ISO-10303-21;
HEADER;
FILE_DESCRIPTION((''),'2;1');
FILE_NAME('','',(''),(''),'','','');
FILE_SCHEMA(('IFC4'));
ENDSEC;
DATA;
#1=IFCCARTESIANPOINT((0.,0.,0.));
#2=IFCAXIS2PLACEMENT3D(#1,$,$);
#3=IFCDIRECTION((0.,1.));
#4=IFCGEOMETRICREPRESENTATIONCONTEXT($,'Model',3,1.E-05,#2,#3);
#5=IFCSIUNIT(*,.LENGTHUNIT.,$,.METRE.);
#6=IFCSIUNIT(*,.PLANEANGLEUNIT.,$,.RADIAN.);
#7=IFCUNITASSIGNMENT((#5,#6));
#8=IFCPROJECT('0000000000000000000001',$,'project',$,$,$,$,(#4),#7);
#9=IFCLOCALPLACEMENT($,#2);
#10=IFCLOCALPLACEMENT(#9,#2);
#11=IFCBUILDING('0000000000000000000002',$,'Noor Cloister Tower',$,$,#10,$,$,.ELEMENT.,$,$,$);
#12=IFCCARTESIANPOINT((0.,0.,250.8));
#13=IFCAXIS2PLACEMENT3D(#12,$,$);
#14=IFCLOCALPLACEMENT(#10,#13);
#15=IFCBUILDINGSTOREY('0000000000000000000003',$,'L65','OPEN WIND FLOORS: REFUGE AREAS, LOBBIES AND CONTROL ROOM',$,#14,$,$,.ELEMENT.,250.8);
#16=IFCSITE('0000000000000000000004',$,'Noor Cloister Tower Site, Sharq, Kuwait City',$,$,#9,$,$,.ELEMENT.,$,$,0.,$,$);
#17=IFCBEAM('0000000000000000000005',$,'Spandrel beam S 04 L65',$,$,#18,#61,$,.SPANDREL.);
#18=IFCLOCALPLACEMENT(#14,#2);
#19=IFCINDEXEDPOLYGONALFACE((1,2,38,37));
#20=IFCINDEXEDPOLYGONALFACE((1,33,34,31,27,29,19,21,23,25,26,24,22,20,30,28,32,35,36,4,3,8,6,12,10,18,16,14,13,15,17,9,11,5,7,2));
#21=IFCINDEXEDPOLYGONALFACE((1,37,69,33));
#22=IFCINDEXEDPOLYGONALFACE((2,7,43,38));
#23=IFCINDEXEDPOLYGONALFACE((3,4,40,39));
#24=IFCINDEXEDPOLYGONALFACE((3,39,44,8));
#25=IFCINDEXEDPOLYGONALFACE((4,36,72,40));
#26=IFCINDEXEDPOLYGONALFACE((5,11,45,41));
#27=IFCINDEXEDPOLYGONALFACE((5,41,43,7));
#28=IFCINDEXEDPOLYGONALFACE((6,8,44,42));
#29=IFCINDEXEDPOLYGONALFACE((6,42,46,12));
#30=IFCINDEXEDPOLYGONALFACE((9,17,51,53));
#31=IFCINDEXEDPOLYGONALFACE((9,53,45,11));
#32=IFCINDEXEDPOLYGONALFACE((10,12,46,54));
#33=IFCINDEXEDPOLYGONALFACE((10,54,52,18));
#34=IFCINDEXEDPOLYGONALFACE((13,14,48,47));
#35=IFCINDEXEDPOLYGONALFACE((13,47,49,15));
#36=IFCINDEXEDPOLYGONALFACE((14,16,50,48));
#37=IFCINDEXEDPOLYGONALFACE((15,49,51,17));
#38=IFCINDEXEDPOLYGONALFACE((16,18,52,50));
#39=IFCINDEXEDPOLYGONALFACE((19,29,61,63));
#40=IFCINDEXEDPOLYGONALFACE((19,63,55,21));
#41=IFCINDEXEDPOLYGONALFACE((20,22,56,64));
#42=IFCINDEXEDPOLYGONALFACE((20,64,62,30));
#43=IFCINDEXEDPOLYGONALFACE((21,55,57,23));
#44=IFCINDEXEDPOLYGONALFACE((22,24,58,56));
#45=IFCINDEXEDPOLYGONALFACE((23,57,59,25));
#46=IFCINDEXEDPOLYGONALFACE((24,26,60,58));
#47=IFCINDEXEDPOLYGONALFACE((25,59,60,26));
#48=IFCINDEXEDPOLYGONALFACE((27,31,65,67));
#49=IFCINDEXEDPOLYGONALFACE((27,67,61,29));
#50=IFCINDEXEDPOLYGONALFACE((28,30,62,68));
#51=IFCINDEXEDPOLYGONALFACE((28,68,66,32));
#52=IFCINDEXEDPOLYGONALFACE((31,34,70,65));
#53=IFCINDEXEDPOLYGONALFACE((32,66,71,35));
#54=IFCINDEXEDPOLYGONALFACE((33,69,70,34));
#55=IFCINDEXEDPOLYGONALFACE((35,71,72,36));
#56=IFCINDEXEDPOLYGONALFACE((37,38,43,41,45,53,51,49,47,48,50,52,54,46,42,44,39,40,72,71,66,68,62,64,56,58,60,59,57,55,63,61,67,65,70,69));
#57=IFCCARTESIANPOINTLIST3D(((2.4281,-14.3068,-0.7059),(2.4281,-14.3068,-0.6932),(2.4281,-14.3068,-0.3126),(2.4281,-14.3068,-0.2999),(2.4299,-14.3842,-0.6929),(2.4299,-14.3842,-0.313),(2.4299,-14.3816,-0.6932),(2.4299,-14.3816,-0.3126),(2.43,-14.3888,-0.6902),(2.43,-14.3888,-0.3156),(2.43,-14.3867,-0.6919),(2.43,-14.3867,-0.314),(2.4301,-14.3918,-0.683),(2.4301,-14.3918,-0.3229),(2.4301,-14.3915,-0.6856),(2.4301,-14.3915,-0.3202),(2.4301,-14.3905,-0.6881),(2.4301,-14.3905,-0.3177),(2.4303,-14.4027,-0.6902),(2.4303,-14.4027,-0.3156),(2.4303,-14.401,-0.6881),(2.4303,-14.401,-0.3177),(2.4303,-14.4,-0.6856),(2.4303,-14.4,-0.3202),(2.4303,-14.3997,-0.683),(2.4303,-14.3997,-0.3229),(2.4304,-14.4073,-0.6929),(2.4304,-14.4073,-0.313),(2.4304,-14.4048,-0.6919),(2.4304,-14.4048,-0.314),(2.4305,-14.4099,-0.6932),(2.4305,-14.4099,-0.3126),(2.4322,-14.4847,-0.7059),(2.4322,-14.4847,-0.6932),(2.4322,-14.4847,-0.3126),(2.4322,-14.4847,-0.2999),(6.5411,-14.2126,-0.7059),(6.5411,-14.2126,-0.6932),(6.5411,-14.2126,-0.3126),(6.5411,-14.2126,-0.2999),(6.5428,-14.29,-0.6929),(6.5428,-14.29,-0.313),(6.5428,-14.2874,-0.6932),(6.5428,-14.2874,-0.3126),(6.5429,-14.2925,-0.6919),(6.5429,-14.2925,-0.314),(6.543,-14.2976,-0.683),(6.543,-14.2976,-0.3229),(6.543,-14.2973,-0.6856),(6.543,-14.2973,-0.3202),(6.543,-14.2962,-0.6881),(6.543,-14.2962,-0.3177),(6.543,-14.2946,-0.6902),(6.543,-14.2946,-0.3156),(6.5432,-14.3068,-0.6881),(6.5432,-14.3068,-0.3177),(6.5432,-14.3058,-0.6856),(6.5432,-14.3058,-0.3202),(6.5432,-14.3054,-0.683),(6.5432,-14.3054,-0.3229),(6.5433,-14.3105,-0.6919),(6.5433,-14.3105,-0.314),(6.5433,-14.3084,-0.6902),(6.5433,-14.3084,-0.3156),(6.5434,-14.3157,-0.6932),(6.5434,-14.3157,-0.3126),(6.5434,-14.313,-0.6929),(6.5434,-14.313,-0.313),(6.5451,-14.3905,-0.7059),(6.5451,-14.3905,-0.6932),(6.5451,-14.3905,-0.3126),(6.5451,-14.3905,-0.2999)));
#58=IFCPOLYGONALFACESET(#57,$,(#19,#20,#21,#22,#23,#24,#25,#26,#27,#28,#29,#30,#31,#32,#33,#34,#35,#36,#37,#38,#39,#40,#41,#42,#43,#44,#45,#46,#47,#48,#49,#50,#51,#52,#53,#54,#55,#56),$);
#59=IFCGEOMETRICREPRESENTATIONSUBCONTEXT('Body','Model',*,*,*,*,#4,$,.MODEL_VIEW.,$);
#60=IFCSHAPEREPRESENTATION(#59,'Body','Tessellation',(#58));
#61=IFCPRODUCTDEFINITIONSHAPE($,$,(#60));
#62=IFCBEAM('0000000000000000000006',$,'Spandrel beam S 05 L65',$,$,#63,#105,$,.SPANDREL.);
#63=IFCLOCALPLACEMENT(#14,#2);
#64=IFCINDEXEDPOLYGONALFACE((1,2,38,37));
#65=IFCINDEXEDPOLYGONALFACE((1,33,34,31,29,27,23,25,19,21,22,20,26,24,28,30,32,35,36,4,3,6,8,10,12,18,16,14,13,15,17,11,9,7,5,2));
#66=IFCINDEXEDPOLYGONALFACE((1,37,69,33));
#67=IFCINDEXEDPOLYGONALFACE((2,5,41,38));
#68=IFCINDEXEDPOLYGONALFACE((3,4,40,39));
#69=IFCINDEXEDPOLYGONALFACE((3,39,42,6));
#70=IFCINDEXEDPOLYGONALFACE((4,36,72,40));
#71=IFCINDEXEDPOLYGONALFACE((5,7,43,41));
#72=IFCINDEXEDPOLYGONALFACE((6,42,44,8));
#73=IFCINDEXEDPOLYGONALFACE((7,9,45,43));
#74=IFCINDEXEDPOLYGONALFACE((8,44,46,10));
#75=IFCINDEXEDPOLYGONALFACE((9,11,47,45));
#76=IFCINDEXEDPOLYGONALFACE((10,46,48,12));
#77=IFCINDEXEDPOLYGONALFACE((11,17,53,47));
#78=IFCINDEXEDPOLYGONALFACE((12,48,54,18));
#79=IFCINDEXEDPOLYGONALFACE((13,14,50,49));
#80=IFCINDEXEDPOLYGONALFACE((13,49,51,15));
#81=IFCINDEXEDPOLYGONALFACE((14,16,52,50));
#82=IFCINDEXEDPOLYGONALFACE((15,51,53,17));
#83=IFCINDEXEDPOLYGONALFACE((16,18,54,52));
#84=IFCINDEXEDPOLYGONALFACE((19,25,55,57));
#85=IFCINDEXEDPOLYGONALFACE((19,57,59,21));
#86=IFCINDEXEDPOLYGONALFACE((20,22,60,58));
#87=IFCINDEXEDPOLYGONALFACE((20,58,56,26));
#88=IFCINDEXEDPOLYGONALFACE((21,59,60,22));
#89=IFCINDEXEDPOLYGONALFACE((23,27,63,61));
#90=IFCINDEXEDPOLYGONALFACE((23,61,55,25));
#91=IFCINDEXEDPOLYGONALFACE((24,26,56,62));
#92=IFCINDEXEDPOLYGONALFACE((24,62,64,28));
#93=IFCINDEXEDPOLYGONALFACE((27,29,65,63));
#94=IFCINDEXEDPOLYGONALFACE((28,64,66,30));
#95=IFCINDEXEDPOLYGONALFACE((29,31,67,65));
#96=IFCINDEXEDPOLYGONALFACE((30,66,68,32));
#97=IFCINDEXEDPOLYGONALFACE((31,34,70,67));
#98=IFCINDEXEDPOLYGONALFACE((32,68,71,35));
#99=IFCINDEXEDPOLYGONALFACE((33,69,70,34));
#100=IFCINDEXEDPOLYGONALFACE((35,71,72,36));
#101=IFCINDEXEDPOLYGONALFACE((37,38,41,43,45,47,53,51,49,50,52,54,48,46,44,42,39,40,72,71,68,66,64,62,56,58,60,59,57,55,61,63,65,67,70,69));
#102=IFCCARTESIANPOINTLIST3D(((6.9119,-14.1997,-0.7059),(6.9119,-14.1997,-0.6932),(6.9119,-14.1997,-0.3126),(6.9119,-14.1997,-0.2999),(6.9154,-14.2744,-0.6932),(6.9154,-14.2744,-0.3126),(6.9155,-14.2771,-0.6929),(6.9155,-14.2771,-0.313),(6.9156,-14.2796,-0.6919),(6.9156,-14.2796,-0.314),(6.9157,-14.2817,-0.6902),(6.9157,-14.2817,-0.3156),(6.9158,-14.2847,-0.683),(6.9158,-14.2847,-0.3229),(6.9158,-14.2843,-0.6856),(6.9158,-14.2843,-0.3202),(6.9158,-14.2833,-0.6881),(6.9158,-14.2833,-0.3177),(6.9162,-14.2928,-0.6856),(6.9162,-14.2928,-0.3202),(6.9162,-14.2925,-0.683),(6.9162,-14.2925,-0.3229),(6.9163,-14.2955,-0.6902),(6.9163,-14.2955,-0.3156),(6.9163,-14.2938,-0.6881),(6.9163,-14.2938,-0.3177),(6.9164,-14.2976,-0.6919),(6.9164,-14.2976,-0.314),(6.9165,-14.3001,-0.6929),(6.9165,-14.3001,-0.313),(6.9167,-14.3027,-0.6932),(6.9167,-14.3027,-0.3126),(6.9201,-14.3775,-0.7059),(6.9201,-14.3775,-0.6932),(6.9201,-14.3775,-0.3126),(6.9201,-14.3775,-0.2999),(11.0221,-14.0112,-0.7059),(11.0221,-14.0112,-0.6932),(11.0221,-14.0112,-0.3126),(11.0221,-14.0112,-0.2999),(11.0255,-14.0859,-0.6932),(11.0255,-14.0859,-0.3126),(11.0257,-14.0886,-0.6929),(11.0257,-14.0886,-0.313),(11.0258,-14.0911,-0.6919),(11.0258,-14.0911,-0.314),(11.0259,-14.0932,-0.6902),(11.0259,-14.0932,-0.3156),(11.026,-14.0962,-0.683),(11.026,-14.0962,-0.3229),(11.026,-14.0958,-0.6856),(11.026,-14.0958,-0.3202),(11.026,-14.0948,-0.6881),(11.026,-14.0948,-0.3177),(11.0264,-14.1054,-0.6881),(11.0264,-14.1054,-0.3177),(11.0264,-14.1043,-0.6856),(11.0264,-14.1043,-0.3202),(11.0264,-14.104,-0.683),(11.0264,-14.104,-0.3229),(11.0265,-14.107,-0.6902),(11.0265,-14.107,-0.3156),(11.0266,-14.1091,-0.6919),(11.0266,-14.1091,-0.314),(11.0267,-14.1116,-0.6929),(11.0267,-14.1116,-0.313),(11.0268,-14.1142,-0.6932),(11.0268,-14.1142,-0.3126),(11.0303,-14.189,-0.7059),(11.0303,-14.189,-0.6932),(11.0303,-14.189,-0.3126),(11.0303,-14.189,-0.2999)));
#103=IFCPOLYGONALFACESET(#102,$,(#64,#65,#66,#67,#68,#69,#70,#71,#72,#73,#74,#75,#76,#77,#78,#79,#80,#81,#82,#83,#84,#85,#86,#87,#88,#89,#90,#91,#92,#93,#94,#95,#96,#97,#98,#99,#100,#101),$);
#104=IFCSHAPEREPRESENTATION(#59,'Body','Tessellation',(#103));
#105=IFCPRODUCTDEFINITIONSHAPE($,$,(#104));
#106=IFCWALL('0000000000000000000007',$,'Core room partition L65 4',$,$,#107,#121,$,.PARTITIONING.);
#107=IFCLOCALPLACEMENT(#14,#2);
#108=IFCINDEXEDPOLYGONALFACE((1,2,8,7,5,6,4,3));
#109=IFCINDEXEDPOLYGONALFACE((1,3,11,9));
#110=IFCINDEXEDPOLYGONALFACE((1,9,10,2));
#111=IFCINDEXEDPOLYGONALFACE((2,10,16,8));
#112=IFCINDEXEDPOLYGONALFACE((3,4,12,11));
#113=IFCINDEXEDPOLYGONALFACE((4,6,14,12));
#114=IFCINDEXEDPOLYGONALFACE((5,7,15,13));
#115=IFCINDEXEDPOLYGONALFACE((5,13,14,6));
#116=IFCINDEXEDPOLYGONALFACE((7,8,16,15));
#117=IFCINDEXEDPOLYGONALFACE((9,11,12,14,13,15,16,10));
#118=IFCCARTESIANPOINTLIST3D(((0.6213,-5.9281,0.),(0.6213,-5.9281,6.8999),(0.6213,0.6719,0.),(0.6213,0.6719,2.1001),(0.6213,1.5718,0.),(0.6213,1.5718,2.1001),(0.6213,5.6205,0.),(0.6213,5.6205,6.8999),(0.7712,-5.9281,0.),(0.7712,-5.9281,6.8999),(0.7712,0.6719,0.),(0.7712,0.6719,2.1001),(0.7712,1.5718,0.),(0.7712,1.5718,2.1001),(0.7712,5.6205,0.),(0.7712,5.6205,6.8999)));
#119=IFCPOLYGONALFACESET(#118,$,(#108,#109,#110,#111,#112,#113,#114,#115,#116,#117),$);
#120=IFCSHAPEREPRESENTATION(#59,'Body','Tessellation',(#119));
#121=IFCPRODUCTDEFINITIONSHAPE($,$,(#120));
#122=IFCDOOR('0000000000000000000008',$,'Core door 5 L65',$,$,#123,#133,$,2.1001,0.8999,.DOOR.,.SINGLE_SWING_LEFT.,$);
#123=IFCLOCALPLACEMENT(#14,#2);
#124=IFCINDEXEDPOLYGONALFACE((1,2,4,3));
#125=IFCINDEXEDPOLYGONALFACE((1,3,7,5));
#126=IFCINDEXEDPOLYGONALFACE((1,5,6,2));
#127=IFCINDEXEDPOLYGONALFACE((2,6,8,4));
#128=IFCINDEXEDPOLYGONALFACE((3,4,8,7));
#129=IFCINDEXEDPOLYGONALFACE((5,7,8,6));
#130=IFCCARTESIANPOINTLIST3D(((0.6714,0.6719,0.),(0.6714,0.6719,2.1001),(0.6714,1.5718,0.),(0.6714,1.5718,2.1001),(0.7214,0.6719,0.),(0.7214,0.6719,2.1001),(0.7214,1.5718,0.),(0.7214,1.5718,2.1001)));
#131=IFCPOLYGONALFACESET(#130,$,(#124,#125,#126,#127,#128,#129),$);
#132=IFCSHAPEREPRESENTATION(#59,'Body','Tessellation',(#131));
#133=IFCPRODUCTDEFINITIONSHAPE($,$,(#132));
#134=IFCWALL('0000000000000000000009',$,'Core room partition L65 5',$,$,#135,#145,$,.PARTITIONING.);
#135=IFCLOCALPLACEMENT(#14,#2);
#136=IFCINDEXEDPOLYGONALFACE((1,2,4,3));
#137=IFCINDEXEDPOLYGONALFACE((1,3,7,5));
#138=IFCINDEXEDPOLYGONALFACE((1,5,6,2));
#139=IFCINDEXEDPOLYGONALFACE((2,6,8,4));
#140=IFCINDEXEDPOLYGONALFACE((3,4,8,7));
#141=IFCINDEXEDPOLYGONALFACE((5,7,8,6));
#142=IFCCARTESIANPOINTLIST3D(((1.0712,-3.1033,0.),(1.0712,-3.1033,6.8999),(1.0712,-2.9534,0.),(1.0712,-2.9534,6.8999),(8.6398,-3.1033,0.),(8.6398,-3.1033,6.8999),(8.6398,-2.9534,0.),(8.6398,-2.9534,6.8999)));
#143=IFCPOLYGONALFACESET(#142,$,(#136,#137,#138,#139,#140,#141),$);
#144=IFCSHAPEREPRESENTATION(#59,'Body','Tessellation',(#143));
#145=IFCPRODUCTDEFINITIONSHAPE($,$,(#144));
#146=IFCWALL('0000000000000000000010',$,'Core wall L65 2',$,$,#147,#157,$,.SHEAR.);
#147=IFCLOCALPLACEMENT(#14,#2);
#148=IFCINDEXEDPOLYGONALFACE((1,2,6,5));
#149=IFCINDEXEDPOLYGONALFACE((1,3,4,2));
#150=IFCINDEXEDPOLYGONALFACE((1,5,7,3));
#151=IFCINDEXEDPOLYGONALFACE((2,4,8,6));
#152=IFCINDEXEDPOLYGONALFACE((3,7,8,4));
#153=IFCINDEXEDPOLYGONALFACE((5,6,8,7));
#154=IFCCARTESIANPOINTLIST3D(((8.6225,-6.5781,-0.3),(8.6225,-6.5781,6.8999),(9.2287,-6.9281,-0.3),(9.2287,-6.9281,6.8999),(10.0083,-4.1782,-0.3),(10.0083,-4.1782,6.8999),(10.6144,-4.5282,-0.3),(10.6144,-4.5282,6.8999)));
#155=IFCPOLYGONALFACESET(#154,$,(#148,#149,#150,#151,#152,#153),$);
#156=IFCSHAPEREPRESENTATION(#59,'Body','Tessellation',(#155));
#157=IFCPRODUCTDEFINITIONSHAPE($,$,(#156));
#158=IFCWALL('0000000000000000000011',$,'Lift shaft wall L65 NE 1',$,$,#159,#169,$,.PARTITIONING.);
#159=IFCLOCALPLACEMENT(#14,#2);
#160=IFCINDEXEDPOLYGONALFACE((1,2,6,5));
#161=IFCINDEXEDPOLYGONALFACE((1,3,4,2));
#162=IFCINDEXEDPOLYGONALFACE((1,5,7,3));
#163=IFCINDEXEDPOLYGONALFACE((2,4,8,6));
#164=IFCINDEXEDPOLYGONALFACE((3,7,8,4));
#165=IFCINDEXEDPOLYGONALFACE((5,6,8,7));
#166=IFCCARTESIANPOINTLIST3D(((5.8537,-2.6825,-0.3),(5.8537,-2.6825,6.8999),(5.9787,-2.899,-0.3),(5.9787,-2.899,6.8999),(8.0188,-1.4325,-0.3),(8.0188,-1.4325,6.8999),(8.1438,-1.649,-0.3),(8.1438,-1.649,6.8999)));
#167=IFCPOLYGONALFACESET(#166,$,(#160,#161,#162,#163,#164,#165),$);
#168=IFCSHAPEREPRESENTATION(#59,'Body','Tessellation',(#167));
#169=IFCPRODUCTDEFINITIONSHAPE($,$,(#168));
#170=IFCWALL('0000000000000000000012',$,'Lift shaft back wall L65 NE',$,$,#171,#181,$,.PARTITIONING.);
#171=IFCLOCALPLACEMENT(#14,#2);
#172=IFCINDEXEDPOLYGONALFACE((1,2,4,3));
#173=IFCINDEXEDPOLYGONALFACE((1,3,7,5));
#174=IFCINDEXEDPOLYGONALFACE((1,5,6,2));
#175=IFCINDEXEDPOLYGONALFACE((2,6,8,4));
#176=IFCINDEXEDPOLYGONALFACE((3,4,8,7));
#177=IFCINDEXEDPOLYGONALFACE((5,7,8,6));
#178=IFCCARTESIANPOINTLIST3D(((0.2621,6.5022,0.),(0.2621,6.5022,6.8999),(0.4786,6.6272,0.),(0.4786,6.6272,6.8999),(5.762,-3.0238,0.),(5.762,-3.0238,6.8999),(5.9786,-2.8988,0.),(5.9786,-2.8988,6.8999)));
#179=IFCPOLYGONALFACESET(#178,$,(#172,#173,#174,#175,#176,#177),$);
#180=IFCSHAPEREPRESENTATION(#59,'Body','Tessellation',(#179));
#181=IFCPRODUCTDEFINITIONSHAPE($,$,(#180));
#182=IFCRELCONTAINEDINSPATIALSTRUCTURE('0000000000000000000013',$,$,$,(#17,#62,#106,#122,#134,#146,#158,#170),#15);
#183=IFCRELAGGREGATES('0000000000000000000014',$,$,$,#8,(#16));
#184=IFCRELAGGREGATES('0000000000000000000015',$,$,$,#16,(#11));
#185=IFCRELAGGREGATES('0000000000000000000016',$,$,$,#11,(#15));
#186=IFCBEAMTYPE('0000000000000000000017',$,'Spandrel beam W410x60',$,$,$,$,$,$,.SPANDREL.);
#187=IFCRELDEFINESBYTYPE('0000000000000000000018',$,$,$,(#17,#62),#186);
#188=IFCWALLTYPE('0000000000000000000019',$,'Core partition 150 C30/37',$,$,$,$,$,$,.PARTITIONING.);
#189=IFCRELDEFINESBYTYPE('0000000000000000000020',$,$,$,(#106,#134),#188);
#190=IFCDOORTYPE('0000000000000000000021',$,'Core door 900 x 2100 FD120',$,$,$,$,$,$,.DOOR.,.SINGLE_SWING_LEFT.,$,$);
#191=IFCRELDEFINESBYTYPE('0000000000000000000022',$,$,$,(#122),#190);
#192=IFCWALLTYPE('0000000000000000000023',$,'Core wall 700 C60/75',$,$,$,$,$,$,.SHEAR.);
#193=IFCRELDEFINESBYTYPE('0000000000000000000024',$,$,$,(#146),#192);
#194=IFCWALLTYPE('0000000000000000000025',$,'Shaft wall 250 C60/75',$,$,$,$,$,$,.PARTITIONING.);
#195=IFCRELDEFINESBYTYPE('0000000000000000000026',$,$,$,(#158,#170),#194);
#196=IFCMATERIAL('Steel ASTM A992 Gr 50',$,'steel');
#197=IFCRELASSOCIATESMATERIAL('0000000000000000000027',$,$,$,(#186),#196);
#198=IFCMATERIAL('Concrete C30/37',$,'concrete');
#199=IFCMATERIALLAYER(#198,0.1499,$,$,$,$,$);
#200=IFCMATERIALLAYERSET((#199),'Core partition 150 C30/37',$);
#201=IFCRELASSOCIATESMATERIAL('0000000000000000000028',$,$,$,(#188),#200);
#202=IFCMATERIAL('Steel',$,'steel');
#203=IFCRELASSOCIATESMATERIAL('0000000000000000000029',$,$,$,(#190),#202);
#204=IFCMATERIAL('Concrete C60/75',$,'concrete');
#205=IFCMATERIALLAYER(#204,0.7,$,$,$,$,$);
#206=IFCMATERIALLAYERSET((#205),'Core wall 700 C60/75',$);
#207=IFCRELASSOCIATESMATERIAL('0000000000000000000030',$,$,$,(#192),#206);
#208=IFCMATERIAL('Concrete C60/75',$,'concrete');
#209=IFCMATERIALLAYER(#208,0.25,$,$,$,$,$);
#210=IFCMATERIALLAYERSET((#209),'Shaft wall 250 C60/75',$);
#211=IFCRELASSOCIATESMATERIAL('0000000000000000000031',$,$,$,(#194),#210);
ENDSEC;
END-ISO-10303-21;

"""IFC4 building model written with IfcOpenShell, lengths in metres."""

from ifc_helpers import new_model, si_unit, direction, frame, frame_2d, origin, origin_2d, place, context, subcontext, project, spatial, rectangle, i_section, extrude, material, layer, layer_set, material_profile, profile_set, type_object, element, fill, save


model = new_model("IFC4")

# Units and contexts
model_context = context("Model", 3, precision=1e-05, world=origin(), true_north=direction((0.0, 1.0)))
body_context = subcontext(model_context, "Body", "Model", "MODEL_VIEW")
ifc_project = project(units=[si_unit("LENGTHUNIT", "METRE"), si_unit("PLANEANGLEUNIT", "RADIAN")], contexts=[model_context])

# Site, building, storey
site_placement = place(None, origin())
site = spatial("IfcSite", under=ifc_project, at=site_placement, Name="Noor Cloister Tower Site, Sharq, Kuwait City", CompositionType="ELEMENT", RefElevation=0.0)
building_placement = place(site_placement, origin())
building = spatial("IfcBuilding", under=site, at=building_placement, Name="Noor Cloister Tower", CompositionType="ELEMENT")
storey_placement = place(building_placement, frame((0.0, 0.0, 250.8)))
storey = spatial("IfcBuildingStorey", under=building, at=storey_placement, Name="L65", Description="OPEN WIND FLOORS: REFUGE AREAS, LOBBIES AND CONTROL ROOM", CompositionType="ELEMENT", Elevation=250.8)

# Beams
ifc_material_1 = material(Name="Steel ASTM A992 Gr 50", Category="steel")
ifc_material_profile_1 = material_profile(ifc_material_1, i_section(OverallWidth=0.178, OverallDepth=0.406, WebThickness=0.0078, FlangeThickness=0.0127, FilletRadius=0.0103, at=origin_2d()), Name="W410x60")
ifc_profile_set_1 = profile_set([ifc_material_profile_1], Name="Steel ASTM A992 Gr 50")
beam_type_1 = type_object("IfcBeamType", Name="Spandrel beam W410x60", PredefinedType="SPANDREL", material=ifc_profile_set_1)
beam_1_placement = place(storey_placement, frame((2.4302, -14.3958, -0.5029), z_axis=(0.999738, 0.022906, 0.0), x_axis=(-0.022906, 0.999738, 0.0)))
element("IfcBeam", 1, at=beam_1_placement, inside=storey, type_object=beam_type_1, Name="Spandrel beam S 04 L65", PredefinedType="SPANDREL", context=body_context, shape_type="SweptSolid", body=[
    extrude(i_section(OverallWidth=0.178, OverallDepth=0.406, WebThickness=0.0078, FlangeThickness=0.0127, FilletRadius=0.0103, at=origin_2d()), origin(), (0.0, 0.0, 1.0), 4.114),
])
beam_2_placement = place(storey_placement, frame((6.916, -14.2886, -0.5029), z_axis=(0.99895, 0.045809, 0.0), x_axis=(-0.045809, 0.99895, 0.0)))
element("IfcBeam", 2, at=beam_2_placement, inside=storey, type_object=beam_type_1, Name="Spandrel beam S 05 L65", PredefinedType="SPANDREL", context=body_context, shape_type="SweptSolid", body=[
    extrude(i_section(OverallWidth=0.178, OverallDepth=0.406, WebThickness=0.0078, FlangeThickness=0.0127, FilletRadius=0.0103, at=origin_2d()), origin(), (0.0, 0.0, 1.0), 4.1145),
])

# Wall, opening, door
ifc_material_2 = material(Name="Concrete C30/37", Category="concrete")
ifc_layer_1 = layer(ifc_material_2, 0.1499)
ifc_layer_set_1 = layer_set([ifc_layer_1], Name="Core partition 150 C30/37")
wall_type_1 = type_object("IfcWallType", Name="Core partition 150 C30/37", PredefinedType="PARTITIONING", material=ifc_layer_set_1)
wall_1_placement = place(storey_placement, frame((0.6963, -5.9282, 0.0), z_axis=(0.0, 0.0, 1.0), x_axis=(0.0, 1.0, 0.0)))
wall_1 = element("IfcWall", 3, at=wall_1_placement, inside=storey, type_object=wall_type_1, Name="Core room partition L65 4", PredefinedType="PARTITIONING", context=body_context, shape_type="SweptSolid", body=[
    extrude(rectangle(XDim=11.5486, YDim=0.1499, at=frame_2d((5.7744, 0.0))), origin(), (0.0, 0.0, 1.0), 6.8999),
])
opening_1_placement = place(wall_1_placement, frame((6.6001, 0.0, 0.0)))
opening_1 = element("IfcOpeningElement", 4, at=opening_1_placement, cuts=wall_1, PredefinedType="OPENING", context=body_context, shape_type="SweptSolid", body=[
    extrude(rectangle(XDim=0.8999, YDim=2.1001, at=frame_2d((0.45, 1.05))), frame((0.0, 0.085, 0.0), z_axis=(0.0, -1.0, 0.0), x_axis=(1.0, 0.0, 0.0)), (0.0, 0.0, 1.0), 0.1699),
])
ifc_material_3 = material(Name="Steel", Category="steel")
door_type_1 = type_object("IfcDoorType", Name="Core door 900 x 2100 FD120", OperationType="SINGLE_SWING_LEFT", PredefinedType="DOOR", material=ifc_material_3)
door_1_placement = place(opening_1_placement, origin())
door_1 = element("IfcDoor", 5, at=door_1_placement, inside=storey, type_object=door_type_1, Name="Core door 5 L65", OperationType="SINGLE_SWING_LEFT", OverallHeight=2.1001, OverallWidth=0.8999, PredefinedType="DOOR", context=body_context, shape_type="SweptSolid", body=[
    extrude(rectangle(XDim=0.8999, YDim=2.1001, at=frame_2d((0.45, 1.05))), frame((0.0, 0.0249, 0.0), z_axis=(0.0, -1.0, 0.0), x_axis=(1.0, 0.0, 0.0)), (0.0, 0.0, 1.0), 0.05),
])
fill(opening_1, door_1)

# Walls
wall_2_placement = place(storey_placement, frame((1.0713, -3.0283, 0.0), z_axis=(0.0, 0.0, 1.0), x_axis=(1.0, 0.0, 0.0)))
element("IfcWall", 6, at=wall_2_placement, inside=storey, type_object=wall_type_1, Name="Core room partition L65 5", PredefinedType="PARTITIONING", context=body_context, shape_type="SweptSolid", body=[
    extrude(rectangle(XDim=7.5686, YDim=0.1499, at=frame_2d((3.7842, 0.0))), origin(), (0.0, 0.0, 1.0), 6.8999),
])
ifc_material_4 = material(Name="Concrete C60/75", Category="concrete")
ifc_layer_2 = layer(ifc_material_4, 0.7)
ifc_layer_set_2 = layer_set([ifc_layer_2], Name="Core wall 700 C60/75")
wall_type_2 = type_object("IfcWallType", Name="Core wall 700 C60/75", PredefinedType="SHEAR", material=ifc_layer_set_2)
wall_3_placement = place(storey_placement, frame((8.9255, -6.7532, -0.3), z_axis=(0.0, 0.0, 1.0), x_axis=(0.500043, 0.866001, 0.0)))
element("IfcWall", 7, at=wall_3_placement, inside=storey, type_object=wall_type_2, Name="Core wall L65 2", PredefinedType="SHEAR", context=body_context, shape_type="SweptSolid", body=[
    extrude(rectangle(XDim=2.7712, YDim=0.7, at=frame_2d((1.3857, 0.0))), origin(), (0.0, 0.0, 1.0), 7.2),
])
ifc_material_5 = material(Name="Concrete C60/75", Category="concrete")
ifc_layer_3 = layer(ifc_material_5, 0.25)
ifc_layer_set_3 = layer_set([ifc_layer_3], Name="Shaft wall 250 C60/75")
wall_type_3 = type_object("IfcWallType", Name="Shaft wall 250 C60/75", PredefinedType="PARTITIONING", material=ifc_layer_set_3)
wall_4_placement = place(storey_placement, frame((8.0813, -1.5408, -0.3), z_axis=(0.0, 0.0, 1.0), x_axis=(-0.866023, -0.500004, 0.0)))
element("IfcWall", 8, at=wall_4_placement, inside=storey, type_object=wall_type_3, Name="Lift shaft wall L65 NE 1", PredefinedType="PARTITIONING", context=body_context, shape_type="SweptSolid", body=[
    extrude(rectangle(XDim=2.5, YDim=0.25, at=frame_2d((1.25, 0.0))), origin(), (0.0, 0.0, 1.0), 7.2),
])
wall_5_placement = place(storey_placement, frame((5.8704, -2.9614, 0.0), z_axis=(0.0, 0.0, 1.0), x_axis=(-0.500006, 0.866022, 0.0)))
element("IfcWall", 9, at=wall_5_placement, inside=storey, type_object=wall_type_3, Name="Lift shaft back wall L65 NE", PredefinedType="PARTITIONING", context=body_context, shape_type="SweptSolid", body=[
    extrude(rectangle(XDim=10.9998, YDim=0.25, at=frame_2d((5.5, 0.0))), origin(), (0.0, 0.0, 1.0), 6.8999),
])

save(model, "model.ifc")
